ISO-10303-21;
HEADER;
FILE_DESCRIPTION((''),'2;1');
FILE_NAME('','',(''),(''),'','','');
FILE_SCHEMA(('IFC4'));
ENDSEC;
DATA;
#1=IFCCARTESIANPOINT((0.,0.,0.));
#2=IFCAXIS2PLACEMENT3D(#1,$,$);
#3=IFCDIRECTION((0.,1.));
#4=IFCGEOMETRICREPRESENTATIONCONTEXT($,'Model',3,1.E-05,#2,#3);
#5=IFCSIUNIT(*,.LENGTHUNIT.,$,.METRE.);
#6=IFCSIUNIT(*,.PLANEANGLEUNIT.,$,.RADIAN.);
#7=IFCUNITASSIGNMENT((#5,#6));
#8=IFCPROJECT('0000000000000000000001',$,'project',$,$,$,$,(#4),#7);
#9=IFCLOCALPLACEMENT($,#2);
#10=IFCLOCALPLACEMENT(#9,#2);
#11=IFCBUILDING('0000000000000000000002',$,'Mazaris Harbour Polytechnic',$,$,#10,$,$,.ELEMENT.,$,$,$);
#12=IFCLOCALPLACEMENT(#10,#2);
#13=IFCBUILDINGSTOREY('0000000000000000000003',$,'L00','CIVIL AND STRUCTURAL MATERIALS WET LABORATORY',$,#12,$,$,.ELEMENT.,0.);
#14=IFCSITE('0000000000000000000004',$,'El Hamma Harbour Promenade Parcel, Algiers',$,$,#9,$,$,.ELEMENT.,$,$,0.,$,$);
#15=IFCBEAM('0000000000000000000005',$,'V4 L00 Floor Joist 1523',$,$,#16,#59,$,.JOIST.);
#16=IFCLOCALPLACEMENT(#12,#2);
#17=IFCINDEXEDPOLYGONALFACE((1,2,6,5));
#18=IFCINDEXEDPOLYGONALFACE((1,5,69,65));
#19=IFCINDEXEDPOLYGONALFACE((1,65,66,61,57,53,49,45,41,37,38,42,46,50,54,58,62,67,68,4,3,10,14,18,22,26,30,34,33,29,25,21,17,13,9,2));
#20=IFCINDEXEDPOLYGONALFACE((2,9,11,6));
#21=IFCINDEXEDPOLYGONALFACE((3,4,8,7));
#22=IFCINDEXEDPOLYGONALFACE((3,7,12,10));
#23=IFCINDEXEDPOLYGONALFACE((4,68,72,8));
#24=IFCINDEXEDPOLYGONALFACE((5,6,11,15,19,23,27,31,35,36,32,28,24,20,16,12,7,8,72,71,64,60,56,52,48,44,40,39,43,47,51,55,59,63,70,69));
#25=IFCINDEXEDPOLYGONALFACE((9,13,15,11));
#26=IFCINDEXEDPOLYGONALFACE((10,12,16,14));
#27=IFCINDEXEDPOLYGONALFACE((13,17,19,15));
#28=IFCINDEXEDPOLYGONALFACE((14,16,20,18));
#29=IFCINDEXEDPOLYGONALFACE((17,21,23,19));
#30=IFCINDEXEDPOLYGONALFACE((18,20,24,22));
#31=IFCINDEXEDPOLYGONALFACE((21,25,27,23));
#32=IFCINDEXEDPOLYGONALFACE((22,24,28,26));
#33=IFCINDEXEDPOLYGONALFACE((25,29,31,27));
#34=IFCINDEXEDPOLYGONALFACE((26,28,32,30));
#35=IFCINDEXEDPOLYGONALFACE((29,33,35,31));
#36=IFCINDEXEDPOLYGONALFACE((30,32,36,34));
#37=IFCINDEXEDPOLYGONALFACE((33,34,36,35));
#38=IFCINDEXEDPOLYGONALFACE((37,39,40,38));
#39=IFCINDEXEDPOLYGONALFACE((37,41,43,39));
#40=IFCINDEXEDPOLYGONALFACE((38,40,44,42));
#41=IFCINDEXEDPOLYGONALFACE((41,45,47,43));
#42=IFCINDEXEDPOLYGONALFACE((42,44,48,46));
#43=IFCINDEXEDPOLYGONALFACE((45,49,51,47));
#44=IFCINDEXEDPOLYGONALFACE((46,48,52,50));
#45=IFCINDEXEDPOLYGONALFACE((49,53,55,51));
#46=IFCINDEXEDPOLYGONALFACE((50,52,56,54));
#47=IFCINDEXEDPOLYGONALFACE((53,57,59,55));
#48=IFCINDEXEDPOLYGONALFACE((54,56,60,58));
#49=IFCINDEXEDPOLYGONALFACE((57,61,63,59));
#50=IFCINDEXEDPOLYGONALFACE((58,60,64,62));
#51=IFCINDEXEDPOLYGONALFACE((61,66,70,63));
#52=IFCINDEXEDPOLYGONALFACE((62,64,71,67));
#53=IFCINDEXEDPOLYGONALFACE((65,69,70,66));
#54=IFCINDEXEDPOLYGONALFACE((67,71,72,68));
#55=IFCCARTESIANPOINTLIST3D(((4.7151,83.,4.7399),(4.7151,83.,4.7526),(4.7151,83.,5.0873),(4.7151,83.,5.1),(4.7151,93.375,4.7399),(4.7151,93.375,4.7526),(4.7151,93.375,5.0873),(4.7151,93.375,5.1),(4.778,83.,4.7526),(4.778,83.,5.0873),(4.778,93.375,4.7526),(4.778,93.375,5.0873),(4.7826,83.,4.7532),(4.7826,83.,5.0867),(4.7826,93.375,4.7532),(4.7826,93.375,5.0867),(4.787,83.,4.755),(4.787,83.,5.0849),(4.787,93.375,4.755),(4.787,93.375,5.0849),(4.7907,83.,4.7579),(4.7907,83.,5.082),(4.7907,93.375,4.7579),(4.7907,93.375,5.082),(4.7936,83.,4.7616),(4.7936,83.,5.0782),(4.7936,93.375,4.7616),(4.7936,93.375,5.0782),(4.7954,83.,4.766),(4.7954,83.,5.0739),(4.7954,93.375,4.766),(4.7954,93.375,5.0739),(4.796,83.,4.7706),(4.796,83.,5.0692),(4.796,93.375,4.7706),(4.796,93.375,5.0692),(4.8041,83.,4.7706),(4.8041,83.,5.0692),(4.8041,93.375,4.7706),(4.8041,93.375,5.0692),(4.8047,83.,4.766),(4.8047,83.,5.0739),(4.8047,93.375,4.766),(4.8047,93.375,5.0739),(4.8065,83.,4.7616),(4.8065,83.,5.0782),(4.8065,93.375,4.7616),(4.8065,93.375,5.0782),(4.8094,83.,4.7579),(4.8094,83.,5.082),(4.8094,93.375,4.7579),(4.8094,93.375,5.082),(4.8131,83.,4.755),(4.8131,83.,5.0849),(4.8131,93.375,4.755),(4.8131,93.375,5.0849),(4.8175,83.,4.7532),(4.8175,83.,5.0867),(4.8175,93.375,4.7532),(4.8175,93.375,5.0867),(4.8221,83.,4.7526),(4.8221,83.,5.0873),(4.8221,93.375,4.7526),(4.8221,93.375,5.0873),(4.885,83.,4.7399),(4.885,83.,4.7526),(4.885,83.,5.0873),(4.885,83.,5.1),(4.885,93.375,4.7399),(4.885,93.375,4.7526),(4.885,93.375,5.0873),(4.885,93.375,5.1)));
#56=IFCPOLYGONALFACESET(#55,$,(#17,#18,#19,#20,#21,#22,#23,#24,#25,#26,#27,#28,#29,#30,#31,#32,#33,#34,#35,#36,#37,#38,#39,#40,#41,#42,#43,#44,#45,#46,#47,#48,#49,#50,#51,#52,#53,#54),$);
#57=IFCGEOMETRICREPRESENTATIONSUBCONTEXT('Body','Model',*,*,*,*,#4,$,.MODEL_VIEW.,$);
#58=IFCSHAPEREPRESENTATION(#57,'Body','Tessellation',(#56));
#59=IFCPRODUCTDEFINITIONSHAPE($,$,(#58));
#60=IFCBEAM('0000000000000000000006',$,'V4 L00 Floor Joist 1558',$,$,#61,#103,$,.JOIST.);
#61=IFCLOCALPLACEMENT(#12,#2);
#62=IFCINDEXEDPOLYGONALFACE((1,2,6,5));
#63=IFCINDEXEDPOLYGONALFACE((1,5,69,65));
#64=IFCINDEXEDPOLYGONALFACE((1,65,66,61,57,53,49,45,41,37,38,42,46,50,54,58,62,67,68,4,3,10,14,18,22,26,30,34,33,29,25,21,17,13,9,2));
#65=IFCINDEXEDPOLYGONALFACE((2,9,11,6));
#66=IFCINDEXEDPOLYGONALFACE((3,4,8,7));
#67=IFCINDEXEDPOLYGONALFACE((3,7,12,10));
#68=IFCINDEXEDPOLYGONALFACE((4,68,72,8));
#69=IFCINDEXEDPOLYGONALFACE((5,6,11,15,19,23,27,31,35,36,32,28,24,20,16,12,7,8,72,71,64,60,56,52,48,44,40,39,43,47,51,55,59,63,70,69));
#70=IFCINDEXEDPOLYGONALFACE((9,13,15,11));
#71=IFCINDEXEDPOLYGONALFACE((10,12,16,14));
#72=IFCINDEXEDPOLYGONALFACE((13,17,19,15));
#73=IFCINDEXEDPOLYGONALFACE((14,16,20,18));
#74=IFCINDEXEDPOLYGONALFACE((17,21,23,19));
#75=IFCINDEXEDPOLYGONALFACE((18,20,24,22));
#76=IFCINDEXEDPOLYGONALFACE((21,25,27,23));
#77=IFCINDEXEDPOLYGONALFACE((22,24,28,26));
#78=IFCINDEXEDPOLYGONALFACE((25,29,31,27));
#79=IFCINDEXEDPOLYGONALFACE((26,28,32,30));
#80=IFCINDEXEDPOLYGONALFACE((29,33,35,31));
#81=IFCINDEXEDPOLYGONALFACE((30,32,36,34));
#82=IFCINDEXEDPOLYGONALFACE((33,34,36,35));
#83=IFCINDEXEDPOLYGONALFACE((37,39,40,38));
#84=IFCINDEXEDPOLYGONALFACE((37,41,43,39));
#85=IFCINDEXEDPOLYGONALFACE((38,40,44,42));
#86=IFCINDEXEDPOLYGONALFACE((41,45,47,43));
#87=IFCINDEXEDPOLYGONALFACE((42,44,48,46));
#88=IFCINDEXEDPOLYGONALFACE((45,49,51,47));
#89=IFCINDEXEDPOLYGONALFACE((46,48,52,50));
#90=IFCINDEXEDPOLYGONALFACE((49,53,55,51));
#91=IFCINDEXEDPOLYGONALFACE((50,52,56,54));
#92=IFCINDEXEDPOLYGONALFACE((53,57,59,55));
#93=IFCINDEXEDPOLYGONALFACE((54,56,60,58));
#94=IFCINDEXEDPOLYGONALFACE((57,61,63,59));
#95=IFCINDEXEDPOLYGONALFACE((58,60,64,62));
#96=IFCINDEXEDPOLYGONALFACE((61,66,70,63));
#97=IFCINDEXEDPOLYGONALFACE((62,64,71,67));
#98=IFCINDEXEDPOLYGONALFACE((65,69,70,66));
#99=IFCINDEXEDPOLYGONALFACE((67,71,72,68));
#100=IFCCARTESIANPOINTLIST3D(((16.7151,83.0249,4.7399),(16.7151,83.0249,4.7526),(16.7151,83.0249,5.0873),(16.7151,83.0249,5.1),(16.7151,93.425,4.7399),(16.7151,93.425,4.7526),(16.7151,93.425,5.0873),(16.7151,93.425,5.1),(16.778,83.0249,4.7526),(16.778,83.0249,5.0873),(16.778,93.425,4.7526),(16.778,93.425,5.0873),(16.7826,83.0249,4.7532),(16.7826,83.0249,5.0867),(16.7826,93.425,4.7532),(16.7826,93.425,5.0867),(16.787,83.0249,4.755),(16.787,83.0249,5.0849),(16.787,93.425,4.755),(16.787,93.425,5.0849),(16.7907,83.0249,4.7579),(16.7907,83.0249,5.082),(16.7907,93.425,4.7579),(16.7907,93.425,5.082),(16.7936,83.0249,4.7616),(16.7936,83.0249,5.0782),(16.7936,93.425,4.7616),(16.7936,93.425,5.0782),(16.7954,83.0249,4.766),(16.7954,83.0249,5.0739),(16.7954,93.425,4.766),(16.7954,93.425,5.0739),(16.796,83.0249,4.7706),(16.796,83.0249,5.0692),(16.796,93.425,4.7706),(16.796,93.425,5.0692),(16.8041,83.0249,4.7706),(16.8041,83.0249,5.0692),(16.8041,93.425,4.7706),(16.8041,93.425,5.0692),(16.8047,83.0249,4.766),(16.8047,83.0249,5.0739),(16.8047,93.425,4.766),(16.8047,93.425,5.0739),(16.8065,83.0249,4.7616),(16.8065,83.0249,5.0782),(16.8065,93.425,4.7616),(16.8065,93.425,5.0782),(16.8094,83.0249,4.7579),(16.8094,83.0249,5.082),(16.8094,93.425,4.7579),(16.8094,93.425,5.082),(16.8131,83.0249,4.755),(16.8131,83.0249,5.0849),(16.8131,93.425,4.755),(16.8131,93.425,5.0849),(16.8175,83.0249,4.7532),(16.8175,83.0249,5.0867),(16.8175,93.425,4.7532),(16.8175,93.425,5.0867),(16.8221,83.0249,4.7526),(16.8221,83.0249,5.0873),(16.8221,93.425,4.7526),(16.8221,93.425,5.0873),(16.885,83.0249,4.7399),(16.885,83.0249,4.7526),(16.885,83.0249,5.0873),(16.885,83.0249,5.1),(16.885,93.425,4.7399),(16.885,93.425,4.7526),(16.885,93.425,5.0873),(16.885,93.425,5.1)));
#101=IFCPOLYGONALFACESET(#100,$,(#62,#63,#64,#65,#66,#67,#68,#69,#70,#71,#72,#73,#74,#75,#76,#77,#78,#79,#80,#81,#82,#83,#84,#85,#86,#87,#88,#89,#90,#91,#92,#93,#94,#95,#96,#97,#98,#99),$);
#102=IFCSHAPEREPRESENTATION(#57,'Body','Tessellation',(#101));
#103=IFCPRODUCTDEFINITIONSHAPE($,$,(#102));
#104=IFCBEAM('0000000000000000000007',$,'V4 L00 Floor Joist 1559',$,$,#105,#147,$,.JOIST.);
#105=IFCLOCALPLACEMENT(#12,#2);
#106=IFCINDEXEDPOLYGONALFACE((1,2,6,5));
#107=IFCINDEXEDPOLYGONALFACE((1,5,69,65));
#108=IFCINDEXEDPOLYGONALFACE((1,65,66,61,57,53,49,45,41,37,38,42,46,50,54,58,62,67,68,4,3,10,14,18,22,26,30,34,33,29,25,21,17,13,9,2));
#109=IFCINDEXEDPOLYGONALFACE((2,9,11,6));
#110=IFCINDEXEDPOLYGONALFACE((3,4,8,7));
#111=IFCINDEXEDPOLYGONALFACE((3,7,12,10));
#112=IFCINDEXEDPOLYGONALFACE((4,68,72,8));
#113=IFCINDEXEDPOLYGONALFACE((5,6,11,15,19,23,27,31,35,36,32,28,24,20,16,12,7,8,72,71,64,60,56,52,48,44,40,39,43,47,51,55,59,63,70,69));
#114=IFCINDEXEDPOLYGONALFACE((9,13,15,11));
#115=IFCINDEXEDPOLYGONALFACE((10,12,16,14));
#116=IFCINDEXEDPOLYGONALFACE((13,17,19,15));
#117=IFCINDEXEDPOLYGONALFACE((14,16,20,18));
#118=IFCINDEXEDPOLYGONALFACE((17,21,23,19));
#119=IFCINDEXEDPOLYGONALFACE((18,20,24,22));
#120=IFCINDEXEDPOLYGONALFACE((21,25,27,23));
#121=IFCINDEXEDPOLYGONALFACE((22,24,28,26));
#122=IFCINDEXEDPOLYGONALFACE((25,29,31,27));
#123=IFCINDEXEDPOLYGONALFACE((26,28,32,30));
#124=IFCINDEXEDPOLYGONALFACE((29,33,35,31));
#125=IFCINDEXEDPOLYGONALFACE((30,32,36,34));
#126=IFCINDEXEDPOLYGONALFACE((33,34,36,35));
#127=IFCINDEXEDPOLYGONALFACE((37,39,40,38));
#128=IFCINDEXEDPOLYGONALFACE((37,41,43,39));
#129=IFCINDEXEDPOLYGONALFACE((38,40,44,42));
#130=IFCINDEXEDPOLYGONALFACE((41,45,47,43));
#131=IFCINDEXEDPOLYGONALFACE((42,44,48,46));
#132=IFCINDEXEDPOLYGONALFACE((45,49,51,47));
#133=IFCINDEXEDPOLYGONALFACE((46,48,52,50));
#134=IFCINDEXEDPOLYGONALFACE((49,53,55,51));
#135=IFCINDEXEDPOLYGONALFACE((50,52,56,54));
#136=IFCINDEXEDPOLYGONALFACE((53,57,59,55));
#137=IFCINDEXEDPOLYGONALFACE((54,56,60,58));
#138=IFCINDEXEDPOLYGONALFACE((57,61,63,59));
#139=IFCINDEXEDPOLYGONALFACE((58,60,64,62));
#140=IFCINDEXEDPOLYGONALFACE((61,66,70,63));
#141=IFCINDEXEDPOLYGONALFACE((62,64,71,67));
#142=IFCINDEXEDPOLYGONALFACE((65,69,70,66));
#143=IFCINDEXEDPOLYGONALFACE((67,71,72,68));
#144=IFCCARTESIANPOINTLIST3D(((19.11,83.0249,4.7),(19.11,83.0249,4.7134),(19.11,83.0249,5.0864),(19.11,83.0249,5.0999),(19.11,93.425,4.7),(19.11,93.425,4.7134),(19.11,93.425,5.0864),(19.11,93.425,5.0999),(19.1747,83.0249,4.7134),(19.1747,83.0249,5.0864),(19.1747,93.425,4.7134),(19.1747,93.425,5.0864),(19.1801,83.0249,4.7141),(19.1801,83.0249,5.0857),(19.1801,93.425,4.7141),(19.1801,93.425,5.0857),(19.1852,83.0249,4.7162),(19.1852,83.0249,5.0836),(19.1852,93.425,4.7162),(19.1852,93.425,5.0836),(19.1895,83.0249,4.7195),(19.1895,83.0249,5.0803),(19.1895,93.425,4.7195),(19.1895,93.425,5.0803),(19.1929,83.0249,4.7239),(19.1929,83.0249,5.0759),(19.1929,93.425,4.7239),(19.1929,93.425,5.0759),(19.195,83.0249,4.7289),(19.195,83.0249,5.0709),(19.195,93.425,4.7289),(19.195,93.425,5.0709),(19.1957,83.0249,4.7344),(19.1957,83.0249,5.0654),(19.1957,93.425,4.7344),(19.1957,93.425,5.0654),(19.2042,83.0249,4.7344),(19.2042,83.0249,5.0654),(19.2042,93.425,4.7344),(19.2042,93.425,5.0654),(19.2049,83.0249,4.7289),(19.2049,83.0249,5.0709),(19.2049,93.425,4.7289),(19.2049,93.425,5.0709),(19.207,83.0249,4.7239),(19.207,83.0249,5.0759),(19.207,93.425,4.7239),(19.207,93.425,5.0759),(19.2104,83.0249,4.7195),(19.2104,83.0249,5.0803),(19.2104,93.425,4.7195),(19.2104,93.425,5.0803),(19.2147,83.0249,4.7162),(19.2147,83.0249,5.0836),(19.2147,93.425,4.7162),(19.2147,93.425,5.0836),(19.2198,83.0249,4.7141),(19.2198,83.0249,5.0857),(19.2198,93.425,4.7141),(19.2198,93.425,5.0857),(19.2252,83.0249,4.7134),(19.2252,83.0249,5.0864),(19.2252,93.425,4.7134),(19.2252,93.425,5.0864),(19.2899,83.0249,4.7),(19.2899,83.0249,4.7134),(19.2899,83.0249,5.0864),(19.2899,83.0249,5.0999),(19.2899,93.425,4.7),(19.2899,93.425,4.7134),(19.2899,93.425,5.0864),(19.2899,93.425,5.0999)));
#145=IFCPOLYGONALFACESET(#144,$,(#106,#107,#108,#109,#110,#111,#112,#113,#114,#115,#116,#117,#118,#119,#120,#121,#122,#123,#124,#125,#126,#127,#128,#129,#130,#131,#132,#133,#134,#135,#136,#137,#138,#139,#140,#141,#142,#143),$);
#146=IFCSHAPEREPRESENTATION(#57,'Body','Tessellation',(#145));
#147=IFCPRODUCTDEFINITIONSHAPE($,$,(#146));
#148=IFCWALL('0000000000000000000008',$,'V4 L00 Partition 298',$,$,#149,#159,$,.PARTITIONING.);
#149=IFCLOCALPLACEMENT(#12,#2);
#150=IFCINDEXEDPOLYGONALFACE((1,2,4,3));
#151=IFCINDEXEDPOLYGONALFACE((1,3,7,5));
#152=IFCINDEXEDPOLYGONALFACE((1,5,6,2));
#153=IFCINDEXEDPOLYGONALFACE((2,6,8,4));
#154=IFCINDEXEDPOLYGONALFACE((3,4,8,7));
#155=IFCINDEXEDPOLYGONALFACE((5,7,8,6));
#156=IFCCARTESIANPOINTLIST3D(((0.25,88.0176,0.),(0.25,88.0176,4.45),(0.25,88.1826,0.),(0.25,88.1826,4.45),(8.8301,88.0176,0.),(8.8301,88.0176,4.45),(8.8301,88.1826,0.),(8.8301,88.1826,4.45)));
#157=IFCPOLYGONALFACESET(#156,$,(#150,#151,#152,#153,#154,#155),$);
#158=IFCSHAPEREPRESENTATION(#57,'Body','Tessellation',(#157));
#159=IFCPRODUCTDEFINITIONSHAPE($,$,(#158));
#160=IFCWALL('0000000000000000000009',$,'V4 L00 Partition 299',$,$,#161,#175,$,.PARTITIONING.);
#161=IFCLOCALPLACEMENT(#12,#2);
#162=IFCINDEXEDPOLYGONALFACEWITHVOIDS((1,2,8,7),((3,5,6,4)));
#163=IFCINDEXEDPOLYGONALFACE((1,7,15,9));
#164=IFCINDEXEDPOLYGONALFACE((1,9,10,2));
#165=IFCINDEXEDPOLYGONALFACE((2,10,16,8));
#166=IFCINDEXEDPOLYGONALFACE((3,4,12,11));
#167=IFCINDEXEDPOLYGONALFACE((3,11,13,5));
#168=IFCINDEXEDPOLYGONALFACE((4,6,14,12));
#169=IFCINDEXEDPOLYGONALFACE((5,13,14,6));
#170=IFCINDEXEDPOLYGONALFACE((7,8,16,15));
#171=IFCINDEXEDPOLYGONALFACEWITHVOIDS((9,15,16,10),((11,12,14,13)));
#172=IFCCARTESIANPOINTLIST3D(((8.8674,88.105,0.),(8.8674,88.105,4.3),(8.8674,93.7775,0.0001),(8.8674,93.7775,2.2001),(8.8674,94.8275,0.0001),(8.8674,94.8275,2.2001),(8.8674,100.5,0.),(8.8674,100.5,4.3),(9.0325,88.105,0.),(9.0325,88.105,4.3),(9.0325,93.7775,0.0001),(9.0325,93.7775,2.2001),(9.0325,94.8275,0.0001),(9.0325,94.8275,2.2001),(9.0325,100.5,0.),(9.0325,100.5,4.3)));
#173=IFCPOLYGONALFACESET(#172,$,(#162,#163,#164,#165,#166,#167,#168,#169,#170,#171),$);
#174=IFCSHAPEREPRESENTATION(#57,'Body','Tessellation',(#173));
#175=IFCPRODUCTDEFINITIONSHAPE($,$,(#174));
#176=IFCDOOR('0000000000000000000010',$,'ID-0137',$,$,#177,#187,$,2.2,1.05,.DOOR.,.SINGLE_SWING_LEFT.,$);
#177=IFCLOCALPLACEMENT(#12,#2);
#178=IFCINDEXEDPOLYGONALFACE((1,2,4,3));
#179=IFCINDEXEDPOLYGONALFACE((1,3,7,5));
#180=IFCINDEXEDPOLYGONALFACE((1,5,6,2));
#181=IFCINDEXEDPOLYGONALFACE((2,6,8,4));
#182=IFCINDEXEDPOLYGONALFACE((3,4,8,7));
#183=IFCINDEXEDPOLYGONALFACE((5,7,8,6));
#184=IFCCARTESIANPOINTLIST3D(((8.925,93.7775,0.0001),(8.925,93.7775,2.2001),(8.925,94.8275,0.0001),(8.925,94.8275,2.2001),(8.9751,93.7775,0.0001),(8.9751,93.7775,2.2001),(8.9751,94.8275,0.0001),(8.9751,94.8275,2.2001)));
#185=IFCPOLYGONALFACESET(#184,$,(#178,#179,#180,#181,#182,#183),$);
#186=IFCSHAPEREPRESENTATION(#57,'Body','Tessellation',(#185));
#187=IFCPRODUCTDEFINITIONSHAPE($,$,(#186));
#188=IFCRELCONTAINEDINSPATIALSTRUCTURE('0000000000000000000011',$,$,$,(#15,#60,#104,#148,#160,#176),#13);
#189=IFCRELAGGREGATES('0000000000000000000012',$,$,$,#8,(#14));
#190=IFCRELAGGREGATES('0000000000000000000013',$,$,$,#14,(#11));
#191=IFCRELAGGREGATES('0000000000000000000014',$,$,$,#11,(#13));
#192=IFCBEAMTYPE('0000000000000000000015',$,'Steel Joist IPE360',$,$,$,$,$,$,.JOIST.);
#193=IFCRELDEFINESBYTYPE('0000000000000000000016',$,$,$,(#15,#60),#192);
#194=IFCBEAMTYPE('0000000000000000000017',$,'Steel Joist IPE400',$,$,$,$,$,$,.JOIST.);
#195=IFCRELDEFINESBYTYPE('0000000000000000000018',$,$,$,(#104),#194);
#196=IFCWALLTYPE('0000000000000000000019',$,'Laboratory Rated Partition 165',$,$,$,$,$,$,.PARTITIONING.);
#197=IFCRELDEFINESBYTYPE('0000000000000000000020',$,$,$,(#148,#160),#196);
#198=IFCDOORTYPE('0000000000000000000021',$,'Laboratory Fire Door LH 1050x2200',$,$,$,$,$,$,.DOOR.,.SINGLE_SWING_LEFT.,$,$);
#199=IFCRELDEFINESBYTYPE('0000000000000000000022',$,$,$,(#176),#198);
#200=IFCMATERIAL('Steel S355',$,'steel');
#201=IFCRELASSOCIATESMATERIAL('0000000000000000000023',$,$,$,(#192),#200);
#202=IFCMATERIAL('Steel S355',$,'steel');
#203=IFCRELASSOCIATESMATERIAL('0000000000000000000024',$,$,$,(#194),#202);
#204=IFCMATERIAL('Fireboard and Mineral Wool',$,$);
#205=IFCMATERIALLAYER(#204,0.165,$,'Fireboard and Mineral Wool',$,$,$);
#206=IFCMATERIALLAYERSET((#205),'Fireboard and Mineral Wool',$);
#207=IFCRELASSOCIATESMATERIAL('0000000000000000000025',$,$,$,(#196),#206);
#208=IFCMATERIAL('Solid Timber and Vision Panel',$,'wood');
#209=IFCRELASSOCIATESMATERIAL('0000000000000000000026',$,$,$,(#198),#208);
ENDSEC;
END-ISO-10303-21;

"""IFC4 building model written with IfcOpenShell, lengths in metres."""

from ifc_helpers import new_model, si_unit, direction, frame, frame_2d, origin, origin_2d, place, context, subcontext, project, spatial, rectangle, i_section, extrude, material, layer, layer_set, material_profile, profile_set, type_object, element, fill, save


model = new_model("IFC4")

# Units and contexts
model_context = context("Model", 3, precision=1e-05, world=origin(), true_north=direction((0.0, 1.0)))
body_context = subcontext(model_context, "Body", "Model", "MODEL_VIEW")
ifc_project = project(units=[si_unit("LENGTHUNIT", "METRE"), si_unit("PLANEANGLEUNIT", "RADIAN")], contexts=[model_context])

# Site, building, storey
site_placement = place(None, origin())
site = spatial("IfcSite", under=ifc_project, at=site_placement, Name="El Hamma Harbour Promenade Parcel, Algiers", CompositionType="ELEMENT", RefElevation=0.0)
building_placement = place(site_placement, origin())
building = spatial("IfcBuilding", under=site, at=building_placement, Name="Mazaris Harbour Polytechnic", CompositionType="ELEMENT")
storey_placement = place(building_placement, origin())
storey = spatial("IfcBuildingStorey", under=building, at=storey_placement, Name="L00", Description="CIVIL AND STRUCTURAL MATERIALS WET LABORATORY", CompositionType="ELEMENT", Elevation=0.0)

# Beams
ifc_material_1 = material(Name="Steel S355", Category="steel")
ifc_material_profile_1 = material_profile(ifc_material_1, i_section(OverallWidth=0.1699, OverallDepth=0.3601, WebThickness=0.0081, FlangeThickness=0.0127, FilletRadius=0.0181, at=origin_2d()), Name="IPE 360")
ifc_profile_set_1 = profile_set([ifc_material_profile_1], Name="Steel S355")
beam_type_1 = type_object("IfcBeamType", Name="Steel Joist IPE360", PredefinedType="JOIST", material=ifc_profile_set_1)
beam_1_placement = place(storey_placement, frame((4.8, 83.0, 4.9199), z_axis=(0.0, 1.0, 0.0), x_axis=(-1.0, 0.0, 0.0)))
element("IfcBeam", 1, at=beam_1_placement, inside=storey, type_object=beam_type_1, Name="V4 L00 Floor Joist 1523", PredefinedType="JOIST", context=body_context, shape_type="SweptSolid", body=[
    extrude(i_section(OverallWidth=0.1699, OverallDepth=0.3601, WebThickness=0.0081, FlangeThickness=0.0127, FilletRadius=0.0181, at=origin_2d()), origin(), (0.0, 0.0, 1.0), 10.375),
])
beam_2_placement = place(storey_placement, frame((16.8, 83.0249, 4.9199), z_axis=(0.0, 1.0, 0.0), x_axis=(-1.0, 0.0, 0.0)))
element("IfcBeam", 2, at=beam_2_placement, inside=storey, type_object=beam_type_1, Name="V4 L00 Floor Joist 1558", PredefinedType="JOIST", context=body_context, shape_type="SweptSolid", body=[
    extrude(i_section(OverallWidth=0.1699, OverallDepth=0.3601, WebThickness=0.0081, FlangeThickness=0.0127, FilletRadius=0.0181, at=origin_2d()), origin(), (0.0, 0.0, 1.0), 10.4001),
])
ifc_material_2 = material(Name="Steel S355", Category="steel")
ifc_material_profile_2 = material_profile(ifc_material_2, i_section(OverallWidth=0.1799, OverallDepth=0.3999, WebThickness=0.0085, FlangeThickness=0.0134, FilletRadius=0.021, at=origin_2d()), Name="IPE 400")
ifc_profile_set_2 = profile_set([ifc_material_profile_2], Name="Steel S355")
beam_type_2 = type_object("IfcBeamType", Name="Steel Joist IPE400", PredefinedType="JOIST", material=ifc_profile_set_2)
beam_3_placement = place(storey_placement, frame((19.2, 83.0249, 4.8999), z_axis=(0.0, 1.0, 0.0), x_axis=(-1.0, 0.0, 0.0)))
element("IfcBeam", 3, at=beam_3_placement, inside=storey, type_object=beam_type_2, Name="V4 L00 Floor Joist 1559", PredefinedType="JOIST", context=body_context, shape_type="SweptSolid", body=[
    extrude(i_section(OverallWidth=0.1799, OverallDepth=0.3999, WebThickness=0.0085, FlangeThickness=0.0134, FilletRadius=0.021, at=origin_2d()), origin(), (0.0, 0.0, 1.0), 10.4001),
])

# Wall
ifc_material_3 = material(Name="Fireboard and Mineral Wool")
ifc_layer_1 = layer(ifc_material_3, 0.165, Name="Fireboard and Mineral Wool")
ifc_layer_set_1 = layer_set([ifc_layer_1], Name="Fireboard and Mineral Wool")
wall_type_1 = type_object("IfcWallType", Name="Laboratory Rated Partition 165", PredefinedType="PARTITIONING", material=ifc_layer_set_1)
wall_1_placement = place(storey_placement, frame((0.25, 88.1001, 0.0), z_axis=(0.0, 0.0, 1.0), x_axis=(1.0, 0.0, 0.0)))
element("IfcWall", 4, at=wall_1_placement, inside=storey, type_object=wall_type_1, Name="V4 L00 Partition 298", PredefinedType="PARTITIONING", context=body_context, shape_type="SweptSolid", body=[
    extrude(rectangle(XDim=8.5801, YDim=0.165, at=frame_2d((4.29, 0.0))), origin(), (0.0, 0.0, 1.0), 4.45),
])

# Wall, opening, door
wall_2_placement = place(storey_placement, frame((8.95, 88.105, 0.0), z_axis=(0.0, 0.0, 1.0), x_axis=(0.0, 1.0, 0.0)))
wall_2 = element("IfcWall", 5, at=wall_2_placement, inside=storey, type_object=wall_type_1, Name="V4 L00 Partition 299", PredefinedType="PARTITIONING", context=body_context, shape_type="SweptSolid", body=[
    extrude(rectangle(XDim=12.395, YDim=0.165, at=frame_2d((6.1975, 0.0))), origin(), (0.0, 0.0, 1.0), 4.3),
])
opening_1_placement = place(wall_2_placement, frame((5.6726, 0.0, 0.0)))
opening_1 = element("IfcOpeningElement", 6, at=opening_1_placement, cuts=wall_2, PredefinedType="OPENING", context=body_context, shape_type="SweptSolid", body=[
    extrude(rectangle(XDim=1.05, YDim=2.2, at=frame_2d((0.5249, 1.1001))), frame((0.0, 0.0925, 0.0), z_axis=(0.0, -1.0, 0.0), x_axis=(1.0, 0.0, 0.0)), (0.0, 0.0, 1.0), 0.1851),
])
ifc_material_4 = material(Name="Solid Timber and Vision Panel", Category="wood")
door_type_1 = type_object("IfcDoorType", Name="Laboratory Fire Door LH 1050x2200", OperationType="SINGLE_SWING_LEFT", PredefinedType="DOOR", material=ifc_material_4)
door_1_placement = place(opening_1_placement, origin())
door_1 = element("IfcDoor", 7, at=door_1_placement, inside=storey, type_object=door_type_1, Name="ID-0137", OperationType="SINGLE_SWING_LEFT", OverallHeight=2.2, OverallWidth=1.05, PredefinedType="DOOR", context=body_context, shape_type="SweptSolid", body=[
    extrude(rectangle(XDim=1.05, YDim=2.2, at=frame_2d((0.5249, 1.1001))), frame((0.0, 0.0249, 0.0), z_axis=(0.0, -1.0, 0.0), x_axis=(1.0, 0.0, 0.0)), (0.0, 0.0, 1.0), 0.05),
])
fill(opening_1, door_1)

save(model, "model.ifc")
